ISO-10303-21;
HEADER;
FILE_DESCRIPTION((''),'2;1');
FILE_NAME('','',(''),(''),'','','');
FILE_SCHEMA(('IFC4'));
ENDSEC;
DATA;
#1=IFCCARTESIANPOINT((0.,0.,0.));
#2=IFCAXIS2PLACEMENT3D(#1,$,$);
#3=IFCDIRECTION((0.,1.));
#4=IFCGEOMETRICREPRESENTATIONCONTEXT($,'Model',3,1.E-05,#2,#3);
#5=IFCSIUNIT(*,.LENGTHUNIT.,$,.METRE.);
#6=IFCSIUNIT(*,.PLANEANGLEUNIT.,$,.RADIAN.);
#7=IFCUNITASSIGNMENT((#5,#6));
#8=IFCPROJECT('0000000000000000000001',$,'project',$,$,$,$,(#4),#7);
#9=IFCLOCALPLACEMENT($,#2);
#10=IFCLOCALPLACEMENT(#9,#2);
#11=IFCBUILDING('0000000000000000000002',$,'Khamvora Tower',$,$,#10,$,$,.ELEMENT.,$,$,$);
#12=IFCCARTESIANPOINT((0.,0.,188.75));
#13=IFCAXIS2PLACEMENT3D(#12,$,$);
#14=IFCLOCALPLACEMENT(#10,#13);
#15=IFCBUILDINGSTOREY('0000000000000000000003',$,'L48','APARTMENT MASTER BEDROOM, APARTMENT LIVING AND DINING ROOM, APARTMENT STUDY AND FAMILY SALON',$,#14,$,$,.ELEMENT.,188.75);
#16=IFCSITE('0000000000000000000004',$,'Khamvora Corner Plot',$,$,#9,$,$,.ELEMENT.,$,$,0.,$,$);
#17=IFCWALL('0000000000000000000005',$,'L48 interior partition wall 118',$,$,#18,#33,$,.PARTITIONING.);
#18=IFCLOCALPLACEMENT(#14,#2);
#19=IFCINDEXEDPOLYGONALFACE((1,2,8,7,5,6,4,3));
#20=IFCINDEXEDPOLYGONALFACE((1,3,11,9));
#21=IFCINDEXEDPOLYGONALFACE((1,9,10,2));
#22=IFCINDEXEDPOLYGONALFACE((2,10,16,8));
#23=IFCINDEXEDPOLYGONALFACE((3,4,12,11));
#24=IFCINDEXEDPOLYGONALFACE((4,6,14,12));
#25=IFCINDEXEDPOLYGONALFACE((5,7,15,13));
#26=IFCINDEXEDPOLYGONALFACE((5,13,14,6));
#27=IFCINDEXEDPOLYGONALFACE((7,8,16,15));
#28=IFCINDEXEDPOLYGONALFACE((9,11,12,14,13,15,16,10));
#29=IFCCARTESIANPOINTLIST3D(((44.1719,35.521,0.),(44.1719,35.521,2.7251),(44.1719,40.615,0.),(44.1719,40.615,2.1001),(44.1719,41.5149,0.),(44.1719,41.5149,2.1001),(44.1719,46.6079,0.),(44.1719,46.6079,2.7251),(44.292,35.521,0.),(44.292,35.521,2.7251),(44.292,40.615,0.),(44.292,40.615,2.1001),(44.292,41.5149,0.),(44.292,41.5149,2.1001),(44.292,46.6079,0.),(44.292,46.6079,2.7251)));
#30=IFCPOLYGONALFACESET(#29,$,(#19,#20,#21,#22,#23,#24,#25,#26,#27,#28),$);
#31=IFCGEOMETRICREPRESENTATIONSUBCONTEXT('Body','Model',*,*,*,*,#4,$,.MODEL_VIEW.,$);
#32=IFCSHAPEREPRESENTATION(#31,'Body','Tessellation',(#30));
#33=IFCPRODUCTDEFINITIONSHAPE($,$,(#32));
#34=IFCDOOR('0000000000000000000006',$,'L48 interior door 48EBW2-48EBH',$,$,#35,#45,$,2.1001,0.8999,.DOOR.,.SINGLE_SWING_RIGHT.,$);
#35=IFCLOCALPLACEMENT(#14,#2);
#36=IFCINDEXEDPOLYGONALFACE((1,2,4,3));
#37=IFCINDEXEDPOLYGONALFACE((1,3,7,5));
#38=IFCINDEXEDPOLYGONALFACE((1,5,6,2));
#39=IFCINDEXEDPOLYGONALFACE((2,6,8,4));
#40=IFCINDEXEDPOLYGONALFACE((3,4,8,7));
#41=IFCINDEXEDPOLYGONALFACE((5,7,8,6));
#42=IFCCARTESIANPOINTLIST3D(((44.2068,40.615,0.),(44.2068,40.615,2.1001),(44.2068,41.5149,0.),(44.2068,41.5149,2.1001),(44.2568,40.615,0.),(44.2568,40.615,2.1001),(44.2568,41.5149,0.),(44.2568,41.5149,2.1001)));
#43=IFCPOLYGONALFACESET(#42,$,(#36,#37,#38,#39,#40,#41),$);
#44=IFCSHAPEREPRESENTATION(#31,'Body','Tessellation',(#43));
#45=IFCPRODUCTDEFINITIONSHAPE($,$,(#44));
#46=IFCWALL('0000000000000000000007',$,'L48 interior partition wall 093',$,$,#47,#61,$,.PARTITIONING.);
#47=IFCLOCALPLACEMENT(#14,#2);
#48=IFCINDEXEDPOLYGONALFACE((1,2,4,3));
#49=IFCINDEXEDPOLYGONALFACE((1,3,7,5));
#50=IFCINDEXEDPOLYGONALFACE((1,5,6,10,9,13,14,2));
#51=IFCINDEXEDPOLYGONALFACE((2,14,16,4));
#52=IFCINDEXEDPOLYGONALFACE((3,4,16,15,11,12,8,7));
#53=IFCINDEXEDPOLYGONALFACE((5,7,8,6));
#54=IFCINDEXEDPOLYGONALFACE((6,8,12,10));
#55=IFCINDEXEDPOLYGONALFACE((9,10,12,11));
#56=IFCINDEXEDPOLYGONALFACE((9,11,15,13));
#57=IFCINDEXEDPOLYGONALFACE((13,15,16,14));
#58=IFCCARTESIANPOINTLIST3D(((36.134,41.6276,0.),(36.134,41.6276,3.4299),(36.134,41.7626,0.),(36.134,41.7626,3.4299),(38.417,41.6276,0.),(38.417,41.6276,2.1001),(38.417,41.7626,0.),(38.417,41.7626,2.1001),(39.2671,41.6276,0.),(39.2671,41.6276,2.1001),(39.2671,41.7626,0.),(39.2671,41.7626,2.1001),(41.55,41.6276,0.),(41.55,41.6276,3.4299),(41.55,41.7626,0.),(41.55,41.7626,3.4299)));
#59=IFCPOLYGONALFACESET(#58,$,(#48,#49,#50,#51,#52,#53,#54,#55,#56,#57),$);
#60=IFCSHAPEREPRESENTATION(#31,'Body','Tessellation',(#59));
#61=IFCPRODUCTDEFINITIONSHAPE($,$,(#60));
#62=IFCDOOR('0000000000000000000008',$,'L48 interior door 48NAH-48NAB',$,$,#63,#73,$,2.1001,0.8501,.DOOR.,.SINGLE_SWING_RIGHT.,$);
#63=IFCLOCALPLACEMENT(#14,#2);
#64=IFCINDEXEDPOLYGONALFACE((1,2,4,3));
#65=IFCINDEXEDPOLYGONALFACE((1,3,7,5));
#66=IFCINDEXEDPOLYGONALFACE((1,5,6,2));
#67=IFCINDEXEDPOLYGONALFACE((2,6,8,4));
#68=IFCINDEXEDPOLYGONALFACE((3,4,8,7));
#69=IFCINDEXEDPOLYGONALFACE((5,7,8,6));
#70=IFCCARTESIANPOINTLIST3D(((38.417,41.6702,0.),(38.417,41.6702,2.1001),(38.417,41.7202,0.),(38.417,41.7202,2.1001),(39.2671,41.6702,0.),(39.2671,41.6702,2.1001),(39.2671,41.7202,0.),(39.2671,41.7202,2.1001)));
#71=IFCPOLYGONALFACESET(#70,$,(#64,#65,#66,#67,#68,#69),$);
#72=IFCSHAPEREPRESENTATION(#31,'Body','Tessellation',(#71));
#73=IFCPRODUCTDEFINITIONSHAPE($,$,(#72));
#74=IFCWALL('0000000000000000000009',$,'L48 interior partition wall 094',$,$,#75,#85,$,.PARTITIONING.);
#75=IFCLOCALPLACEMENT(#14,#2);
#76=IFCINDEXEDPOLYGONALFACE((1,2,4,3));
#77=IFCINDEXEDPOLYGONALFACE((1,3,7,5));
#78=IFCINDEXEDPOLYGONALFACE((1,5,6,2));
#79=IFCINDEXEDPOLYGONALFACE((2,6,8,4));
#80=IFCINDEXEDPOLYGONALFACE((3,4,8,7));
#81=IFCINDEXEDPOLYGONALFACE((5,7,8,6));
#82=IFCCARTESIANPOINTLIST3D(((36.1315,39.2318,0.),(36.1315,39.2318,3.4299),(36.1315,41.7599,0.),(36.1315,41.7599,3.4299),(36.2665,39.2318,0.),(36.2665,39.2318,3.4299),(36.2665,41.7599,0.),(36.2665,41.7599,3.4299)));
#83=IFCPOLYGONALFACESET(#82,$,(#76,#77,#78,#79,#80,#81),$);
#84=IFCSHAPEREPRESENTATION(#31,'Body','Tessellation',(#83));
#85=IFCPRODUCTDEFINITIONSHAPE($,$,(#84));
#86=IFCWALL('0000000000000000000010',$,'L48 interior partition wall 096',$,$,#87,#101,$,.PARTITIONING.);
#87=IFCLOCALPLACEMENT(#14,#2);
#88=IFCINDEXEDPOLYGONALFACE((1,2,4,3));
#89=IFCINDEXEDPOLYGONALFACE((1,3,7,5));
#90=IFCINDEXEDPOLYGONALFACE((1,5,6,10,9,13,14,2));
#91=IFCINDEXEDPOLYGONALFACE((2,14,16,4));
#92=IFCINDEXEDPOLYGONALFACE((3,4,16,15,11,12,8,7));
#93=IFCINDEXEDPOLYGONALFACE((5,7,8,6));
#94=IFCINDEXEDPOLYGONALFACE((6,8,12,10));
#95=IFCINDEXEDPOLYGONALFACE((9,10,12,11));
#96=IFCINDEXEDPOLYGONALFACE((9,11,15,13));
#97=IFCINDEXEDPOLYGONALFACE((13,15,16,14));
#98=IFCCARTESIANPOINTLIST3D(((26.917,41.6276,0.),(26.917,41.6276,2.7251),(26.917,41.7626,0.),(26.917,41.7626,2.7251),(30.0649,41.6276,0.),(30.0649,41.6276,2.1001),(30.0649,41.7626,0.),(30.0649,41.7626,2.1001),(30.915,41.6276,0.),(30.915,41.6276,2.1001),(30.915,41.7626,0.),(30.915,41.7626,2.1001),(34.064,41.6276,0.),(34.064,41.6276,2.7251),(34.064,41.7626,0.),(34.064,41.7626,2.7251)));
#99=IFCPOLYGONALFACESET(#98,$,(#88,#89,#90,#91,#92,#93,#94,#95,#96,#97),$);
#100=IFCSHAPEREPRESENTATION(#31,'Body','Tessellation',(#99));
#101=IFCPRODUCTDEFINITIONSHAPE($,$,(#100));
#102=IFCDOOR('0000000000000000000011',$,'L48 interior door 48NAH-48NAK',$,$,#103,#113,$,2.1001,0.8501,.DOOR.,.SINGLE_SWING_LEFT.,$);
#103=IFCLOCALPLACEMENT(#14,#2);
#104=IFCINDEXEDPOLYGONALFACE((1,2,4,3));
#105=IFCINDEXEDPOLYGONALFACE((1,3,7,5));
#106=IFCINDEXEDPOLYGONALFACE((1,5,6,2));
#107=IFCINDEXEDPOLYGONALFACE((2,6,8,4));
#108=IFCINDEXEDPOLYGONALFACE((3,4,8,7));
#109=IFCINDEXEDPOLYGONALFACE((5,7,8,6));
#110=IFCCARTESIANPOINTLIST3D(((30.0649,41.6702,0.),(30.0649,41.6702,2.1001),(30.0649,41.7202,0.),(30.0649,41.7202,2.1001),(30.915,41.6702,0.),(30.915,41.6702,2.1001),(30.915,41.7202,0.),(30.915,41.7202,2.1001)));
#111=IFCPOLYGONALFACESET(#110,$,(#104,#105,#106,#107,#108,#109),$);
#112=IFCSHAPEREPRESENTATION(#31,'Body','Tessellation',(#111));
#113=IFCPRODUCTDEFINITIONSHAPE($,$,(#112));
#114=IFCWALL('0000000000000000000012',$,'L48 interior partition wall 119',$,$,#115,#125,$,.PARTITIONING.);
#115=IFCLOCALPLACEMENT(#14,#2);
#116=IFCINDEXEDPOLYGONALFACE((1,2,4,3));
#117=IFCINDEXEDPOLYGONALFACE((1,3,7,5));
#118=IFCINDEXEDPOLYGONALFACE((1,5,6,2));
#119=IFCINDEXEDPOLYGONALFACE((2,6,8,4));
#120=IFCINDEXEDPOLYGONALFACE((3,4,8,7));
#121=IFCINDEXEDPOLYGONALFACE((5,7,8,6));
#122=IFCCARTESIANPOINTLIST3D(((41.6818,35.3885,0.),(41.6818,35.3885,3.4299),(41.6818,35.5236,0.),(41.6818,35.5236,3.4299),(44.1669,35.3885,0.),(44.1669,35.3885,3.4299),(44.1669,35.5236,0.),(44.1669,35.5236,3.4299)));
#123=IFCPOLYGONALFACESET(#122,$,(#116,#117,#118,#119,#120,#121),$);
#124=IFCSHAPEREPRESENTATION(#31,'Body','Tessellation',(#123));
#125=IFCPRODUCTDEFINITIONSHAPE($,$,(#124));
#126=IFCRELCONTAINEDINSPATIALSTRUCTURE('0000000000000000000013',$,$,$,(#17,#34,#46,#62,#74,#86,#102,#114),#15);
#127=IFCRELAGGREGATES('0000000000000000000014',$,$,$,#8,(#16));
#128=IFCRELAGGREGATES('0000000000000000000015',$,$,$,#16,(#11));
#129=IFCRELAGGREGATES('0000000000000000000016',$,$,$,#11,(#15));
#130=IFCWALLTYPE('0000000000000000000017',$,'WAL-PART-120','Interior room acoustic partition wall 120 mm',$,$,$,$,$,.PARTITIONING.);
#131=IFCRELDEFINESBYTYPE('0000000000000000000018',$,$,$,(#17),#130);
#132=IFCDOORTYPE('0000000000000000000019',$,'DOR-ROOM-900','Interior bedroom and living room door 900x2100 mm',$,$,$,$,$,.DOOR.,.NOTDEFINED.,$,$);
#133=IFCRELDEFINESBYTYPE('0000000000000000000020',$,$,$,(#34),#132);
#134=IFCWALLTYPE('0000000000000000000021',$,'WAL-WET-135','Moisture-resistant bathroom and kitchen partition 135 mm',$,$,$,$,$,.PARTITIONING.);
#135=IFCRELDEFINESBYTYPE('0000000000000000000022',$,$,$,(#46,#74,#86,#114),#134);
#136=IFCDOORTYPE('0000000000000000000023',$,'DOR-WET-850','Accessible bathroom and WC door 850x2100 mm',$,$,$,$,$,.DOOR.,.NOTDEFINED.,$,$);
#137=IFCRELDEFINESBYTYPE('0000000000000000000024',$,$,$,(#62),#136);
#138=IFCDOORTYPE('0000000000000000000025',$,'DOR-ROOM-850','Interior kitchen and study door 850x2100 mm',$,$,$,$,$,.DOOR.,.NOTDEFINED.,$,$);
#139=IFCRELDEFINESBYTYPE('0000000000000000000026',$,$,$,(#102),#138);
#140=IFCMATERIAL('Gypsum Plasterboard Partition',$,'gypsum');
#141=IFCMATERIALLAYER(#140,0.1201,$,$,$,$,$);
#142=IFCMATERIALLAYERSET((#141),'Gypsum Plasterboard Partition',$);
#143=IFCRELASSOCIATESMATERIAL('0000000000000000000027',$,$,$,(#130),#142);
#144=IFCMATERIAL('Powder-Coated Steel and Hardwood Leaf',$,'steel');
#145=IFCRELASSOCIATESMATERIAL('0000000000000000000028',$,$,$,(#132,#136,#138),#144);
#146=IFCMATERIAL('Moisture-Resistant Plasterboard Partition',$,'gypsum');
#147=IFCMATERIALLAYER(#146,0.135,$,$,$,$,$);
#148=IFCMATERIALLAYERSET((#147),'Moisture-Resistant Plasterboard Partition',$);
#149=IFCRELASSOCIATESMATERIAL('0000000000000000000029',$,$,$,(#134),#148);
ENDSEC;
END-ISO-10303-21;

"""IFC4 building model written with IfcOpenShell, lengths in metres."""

from ifc_helpers import new_model, si_unit, direction, frame, frame_2d, origin, place, context, subcontext, project, spatial, rectangle, extrude, material, layer, layer_set, type_object, element, fill, save


model = new_model("IFC4")

# Units and contexts
model_context = context("Model", 3, precision=1e-05, world=origin(), true_north=direction((0.0, 1.0)))
body_context = subcontext(model_context, "Body", "Model", "MODEL_VIEW")
ifc_project = project(units=[si_unit("LENGTHUNIT", "METRE"), si_unit("PLANEANGLEUNIT", "RADIAN")], contexts=[model_context])

# Site, building, storey
site_placement = place(None, origin())
site = spatial("IfcSite", under=ifc_project, at=site_placement, Name="Khamvora Corner Plot", CompositionType="ELEMENT", RefElevation=0.0)
building_placement = place(site_placement, origin())
building = spatial("IfcBuilding", under=site, at=building_placement, Name="Khamvora Tower", CompositionType="ELEMENT")
storey_placement = place(building_placement, frame((0.0, 0.0, 188.75)))
storey = spatial("IfcBuildingStorey", under=building, at=storey_placement, Name="L48", Description="APARTMENT MASTER BEDROOM, APARTMENT LIVING AND DINING ROOM, APARTMENT STUDY AND FAMILY SALON", CompositionType="ELEMENT", Elevation=188.75)

# Walls, openings, doors
ifc_material_1 = material(Name="Gypsum Plasterboard Partition", Category="gypsum")
ifc_layer_1 = layer(ifc_material_1, 0.1201)
ifc_layer_set_1 = layer_set([ifc_layer_1], Name="Gypsum Plasterboard Partition")
wall_type_1 = type_object("IfcWallType", Name="WAL-PART-120", Description="Interior room acoustic partition wall 120 mm", PredefinedType="PARTITIONING", material=ifc_layer_set_1)
wall_1_placement = place(storey_placement, frame((44.2319, 46.6079, 0.0), z_axis=(0.0, 0.0, 1.0), x_axis=(0.0, -1.0, 0.0)))
wall_1 = element("IfcWall", 1, at=wall_1_placement, inside=storey, type_object=wall_type_1, Name="L48 interior partition wall 118", PredefinedType="PARTITIONING", context=body_context, shape_type="SweptSolid", body=[
    extrude(rectangle(XDim=11.0869, YDim=0.1201, at=frame_2d((5.5435, 0.0))), origin(), (0.0, 0.0, 1.0), 2.7251),
])
opening_1_placement = place(wall_1_placement, frame((5.093, 0.0, 0.0)))
opening_1 = element("IfcOpeningElement", 2, at=opening_1_placement, cuts=wall_1, PredefinedType="OPENING", context=body_context, shape_type="SweptSolid", body=[
    extrude(rectangle(XDim=0.8999, YDim=2.1001, at=frame_2d((0.45, 1.05))), frame((0.0, 0.0701, 0.0), z_axis=(0.0, -1.0, 0.0), x_axis=(1.0, 0.0, 0.0)), (0.0, 0.0, 1.0), 0.1401),
])
ifc_material_2 = material(Name="Powder-Coated Steel and Hardwood Leaf", Category="steel")
door_type_1 = type_object("IfcDoorType", Name="DOR-ROOM-900", Description="Interior bedroom and living room door 900x2100 mm", OperationType="NOTDEFINED", PredefinedType="DOOR", material=ifc_material_2)
door_1_placement = place(opening_1_placement, origin())
door_1 = element("IfcDoor", 3, at=door_1_placement, inside=storey, type_object=door_type_1, Name="L48 interior door 48EBW2-48EBH", OperationType="SINGLE_SWING_RIGHT", OverallHeight=2.1001, OverallWidth=0.8999, PredefinedType="DOOR", context=body_context, shape_type="SweptSolid", body=[
    extrude(rectangle(XDim=0.8999, YDim=2.1001, at=frame_2d((0.45, 1.05))), frame((0.0, 0.0249, 0.0), z_axis=(0.0, -1.0, 0.0), x_axis=(1.0, 0.0, 0.0)), (0.0, 0.0, 1.0), 0.05),
])
fill(opening_1, door_1)
ifc_material_3 = material(Name="Moisture-Resistant Plasterboard Partition", Category="gypsum")
ifc_layer_2 = layer(ifc_material_3, 0.135)
ifc_layer_set_2 = layer_set([ifc_layer_2], Name="Moisture-Resistant Plasterboard Partition")
wall_type_2 = type_object("IfcWallType", Name="WAL-WET-135", Description="Moisture-resistant bathroom and kitchen partition 135 mm", PredefinedType="PARTITIONING", material=ifc_layer_set_2)
wall_2_placement = place(storey_placement, frame((41.55, 41.6951, 0.0), z_axis=(0.0, 0.0, 1.0), x_axis=(-1.0, 0.0, 0.0)))
wall_2 = element("IfcWall", 4, at=wall_2_placement, inside=storey, type_object=wall_type_2, Name="L48 interior partition wall 093", PredefinedType="PARTITIONING", context=body_context, shape_type="SweptSolid", body=[
    extrude(rectangle(XDim=5.416, YDim=0.135, at=frame_2d((2.708, 0.0))), origin(), (0.0, 0.0, 1.0), 3.4299),
])
opening_2_placement = place(wall_2_placement, frame((2.283, 0.0, 0.0)))
opening_2 = element("IfcOpeningElement", 5, at=opening_2_placement, cuts=wall_2, PredefinedType="OPENING", context=body_context, shape_type="SweptSolid", body=[
    extrude(rectangle(XDim=0.8501, YDim=2.1001, at=frame_2d((0.425, 1.05))), frame((0.0, 0.0774, 0.0), z_axis=(0.0, -1.0, 0.0), x_axis=(1.0, 0.0, 0.0)), (0.0, 0.0, 1.0), 0.155),
])
door_type_2 = type_object("IfcDoorType", Name="DOR-WET-850", Description="Accessible bathroom and WC door 850x2100 mm", OperationType="NOTDEFINED", PredefinedType="DOOR", material=ifc_material_2)
door_2_placement = place(opening_2_placement, origin())
door_2 = element("IfcDoor", 6, at=door_2_placement, inside=storey, type_object=door_type_2, Name="L48 interior door 48NAH-48NAB", OperationType="SINGLE_SWING_RIGHT", OverallHeight=2.1001, OverallWidth=0.8501, PredefinedType="DOOR", context=body_context, shape_type="SweptSolid", body=[
    extrude(rectangle(XDim=0.8501, YDim=2.1001, at=frame_2d((0.425, 1.05))), frame((0.0, 0.0249, 0.0), z_axis=(0.0, -1.0, 0.0), x_axis=(1.0, 0.0, 0.0)), (0.0, 0.0, 1.0), 0.05),
])
fill(opening_2, door_2)

# Wall
wall_3_placement = place(storey_placement, frame((36.199, 41.76, 0.0), z_axis=(0.0, 0.0, 1.0), x_axis=(0.0, -1.0, 0.0)))
element("IfcWall", 7, at=wall_3_placement, inside=storey, type_object=wall_type_2, Name="L48 interior partition wall 094", PredefinedType="PARTITIONING", context=body_context, shape_type="SweptSolid", body=[
    extrude(rectangle(XDim=2.5281, YDim=0.135, at=frame_2d((1.2642, 0.0))), origin(), (0.0, 0.0, 1.0), 3.4299),
])

# Wall, opening, door
wall_4_placement = place(storey_placement, frame((34.064, 41.6951, 0.0), z_axis=(0.0, 0.0, 1.0), x_axis=(-1.0, 0.0, 0.0)))
wall_4 = element("IfcWall", 8, at=wall_4_placement, inside=storey, type_object=wall_type_2, Name="L48 interior partition wall 096", PredefinedType="PARTITIONING", context=body_context, shape_type="SweptSolid", body=[
    extrude(rectangle(XDim=7.147, YDim=0.135, at=frame_2d((3.5735, 0.0))), origin(), (0.0, 0.0, 1.0), 2.7251),
])
opening_3_placement = place(wall_4_placement, frame((3.1489, 0.0, 0.0)))
opening_3 = element("IfcOpeningElement", 9, at=opening_3_placement, cuts=wall_4, PredefinedType="OPENING", context=body_context, shape_type="SweptSolid", body=[
    extrude(rectangle(XDim=0.8501, YDim=2.1001, at=frame_2d((0.425, 1.05))), frame((0.0, 0.0774, 0.0), z_axis=(0.0, -1.0, 0.0), x_axis=(1.0, 0.0, 0.0)), (0.0, 0.0, 1.0), 0.155),
])
door_type_3 = type_object("IfcDoorType", Name="DOR-ROOM-850", Description="Interior kitchen and study door 850x2100 mm", OperationType="NOTDEFINED", PredefinedType="DOOR", material=ifc_material_2)
door_3_placement = place(opening_3_placement, origin())
door_3 = element("IfcDoor", 10, at=door_3_placement, inside=storey, type_object=door_type_3, Name="L48 interior door 48NAH-48NAK", OperationType="SINGLE_SWING_LEFT", OverallHeight=2.1001, OverallWidth=0.8501, PredefinedType="DOOR", context=body_context, shape_type="SweptSolid", body=[
    extrude(rectangle(XDim=0.8501, YDim=2.1001, at=frame_2d((0.425, 1.05))), frame((0.0, 0.0249, 0.0), z_axis=(0.0, -1.0, 0.0), x_axis=(1.0, 0.0, 0.0)), (0.0, 0.0, 1.0), 0.05),
])
fill(opening_3, door_3)

# Wall
wall_5_placement = place(storey_placement, frame((44.167, 35.4561, 0.0), z_axis=(0.0, 0.0, 1.0), x_axis=(-1.0, 0.0, 0.0)))
element("IfcWall", 11, at=wall_5_placement, inside=storey, type_object=wall_type_2, Name="L48 interior partition wall 119", PredefinedType="PARTITIONING", context=body_context, shape_type="SweptSolid", body=[
    extrude(rectangle(XDim=2.4851, YDim=0.135, at=frame_2d((1.2427, 0.0))), origin(), (0.0, 0.0, 1.0), 3.4299),
])

save(model, "model.ifc")
